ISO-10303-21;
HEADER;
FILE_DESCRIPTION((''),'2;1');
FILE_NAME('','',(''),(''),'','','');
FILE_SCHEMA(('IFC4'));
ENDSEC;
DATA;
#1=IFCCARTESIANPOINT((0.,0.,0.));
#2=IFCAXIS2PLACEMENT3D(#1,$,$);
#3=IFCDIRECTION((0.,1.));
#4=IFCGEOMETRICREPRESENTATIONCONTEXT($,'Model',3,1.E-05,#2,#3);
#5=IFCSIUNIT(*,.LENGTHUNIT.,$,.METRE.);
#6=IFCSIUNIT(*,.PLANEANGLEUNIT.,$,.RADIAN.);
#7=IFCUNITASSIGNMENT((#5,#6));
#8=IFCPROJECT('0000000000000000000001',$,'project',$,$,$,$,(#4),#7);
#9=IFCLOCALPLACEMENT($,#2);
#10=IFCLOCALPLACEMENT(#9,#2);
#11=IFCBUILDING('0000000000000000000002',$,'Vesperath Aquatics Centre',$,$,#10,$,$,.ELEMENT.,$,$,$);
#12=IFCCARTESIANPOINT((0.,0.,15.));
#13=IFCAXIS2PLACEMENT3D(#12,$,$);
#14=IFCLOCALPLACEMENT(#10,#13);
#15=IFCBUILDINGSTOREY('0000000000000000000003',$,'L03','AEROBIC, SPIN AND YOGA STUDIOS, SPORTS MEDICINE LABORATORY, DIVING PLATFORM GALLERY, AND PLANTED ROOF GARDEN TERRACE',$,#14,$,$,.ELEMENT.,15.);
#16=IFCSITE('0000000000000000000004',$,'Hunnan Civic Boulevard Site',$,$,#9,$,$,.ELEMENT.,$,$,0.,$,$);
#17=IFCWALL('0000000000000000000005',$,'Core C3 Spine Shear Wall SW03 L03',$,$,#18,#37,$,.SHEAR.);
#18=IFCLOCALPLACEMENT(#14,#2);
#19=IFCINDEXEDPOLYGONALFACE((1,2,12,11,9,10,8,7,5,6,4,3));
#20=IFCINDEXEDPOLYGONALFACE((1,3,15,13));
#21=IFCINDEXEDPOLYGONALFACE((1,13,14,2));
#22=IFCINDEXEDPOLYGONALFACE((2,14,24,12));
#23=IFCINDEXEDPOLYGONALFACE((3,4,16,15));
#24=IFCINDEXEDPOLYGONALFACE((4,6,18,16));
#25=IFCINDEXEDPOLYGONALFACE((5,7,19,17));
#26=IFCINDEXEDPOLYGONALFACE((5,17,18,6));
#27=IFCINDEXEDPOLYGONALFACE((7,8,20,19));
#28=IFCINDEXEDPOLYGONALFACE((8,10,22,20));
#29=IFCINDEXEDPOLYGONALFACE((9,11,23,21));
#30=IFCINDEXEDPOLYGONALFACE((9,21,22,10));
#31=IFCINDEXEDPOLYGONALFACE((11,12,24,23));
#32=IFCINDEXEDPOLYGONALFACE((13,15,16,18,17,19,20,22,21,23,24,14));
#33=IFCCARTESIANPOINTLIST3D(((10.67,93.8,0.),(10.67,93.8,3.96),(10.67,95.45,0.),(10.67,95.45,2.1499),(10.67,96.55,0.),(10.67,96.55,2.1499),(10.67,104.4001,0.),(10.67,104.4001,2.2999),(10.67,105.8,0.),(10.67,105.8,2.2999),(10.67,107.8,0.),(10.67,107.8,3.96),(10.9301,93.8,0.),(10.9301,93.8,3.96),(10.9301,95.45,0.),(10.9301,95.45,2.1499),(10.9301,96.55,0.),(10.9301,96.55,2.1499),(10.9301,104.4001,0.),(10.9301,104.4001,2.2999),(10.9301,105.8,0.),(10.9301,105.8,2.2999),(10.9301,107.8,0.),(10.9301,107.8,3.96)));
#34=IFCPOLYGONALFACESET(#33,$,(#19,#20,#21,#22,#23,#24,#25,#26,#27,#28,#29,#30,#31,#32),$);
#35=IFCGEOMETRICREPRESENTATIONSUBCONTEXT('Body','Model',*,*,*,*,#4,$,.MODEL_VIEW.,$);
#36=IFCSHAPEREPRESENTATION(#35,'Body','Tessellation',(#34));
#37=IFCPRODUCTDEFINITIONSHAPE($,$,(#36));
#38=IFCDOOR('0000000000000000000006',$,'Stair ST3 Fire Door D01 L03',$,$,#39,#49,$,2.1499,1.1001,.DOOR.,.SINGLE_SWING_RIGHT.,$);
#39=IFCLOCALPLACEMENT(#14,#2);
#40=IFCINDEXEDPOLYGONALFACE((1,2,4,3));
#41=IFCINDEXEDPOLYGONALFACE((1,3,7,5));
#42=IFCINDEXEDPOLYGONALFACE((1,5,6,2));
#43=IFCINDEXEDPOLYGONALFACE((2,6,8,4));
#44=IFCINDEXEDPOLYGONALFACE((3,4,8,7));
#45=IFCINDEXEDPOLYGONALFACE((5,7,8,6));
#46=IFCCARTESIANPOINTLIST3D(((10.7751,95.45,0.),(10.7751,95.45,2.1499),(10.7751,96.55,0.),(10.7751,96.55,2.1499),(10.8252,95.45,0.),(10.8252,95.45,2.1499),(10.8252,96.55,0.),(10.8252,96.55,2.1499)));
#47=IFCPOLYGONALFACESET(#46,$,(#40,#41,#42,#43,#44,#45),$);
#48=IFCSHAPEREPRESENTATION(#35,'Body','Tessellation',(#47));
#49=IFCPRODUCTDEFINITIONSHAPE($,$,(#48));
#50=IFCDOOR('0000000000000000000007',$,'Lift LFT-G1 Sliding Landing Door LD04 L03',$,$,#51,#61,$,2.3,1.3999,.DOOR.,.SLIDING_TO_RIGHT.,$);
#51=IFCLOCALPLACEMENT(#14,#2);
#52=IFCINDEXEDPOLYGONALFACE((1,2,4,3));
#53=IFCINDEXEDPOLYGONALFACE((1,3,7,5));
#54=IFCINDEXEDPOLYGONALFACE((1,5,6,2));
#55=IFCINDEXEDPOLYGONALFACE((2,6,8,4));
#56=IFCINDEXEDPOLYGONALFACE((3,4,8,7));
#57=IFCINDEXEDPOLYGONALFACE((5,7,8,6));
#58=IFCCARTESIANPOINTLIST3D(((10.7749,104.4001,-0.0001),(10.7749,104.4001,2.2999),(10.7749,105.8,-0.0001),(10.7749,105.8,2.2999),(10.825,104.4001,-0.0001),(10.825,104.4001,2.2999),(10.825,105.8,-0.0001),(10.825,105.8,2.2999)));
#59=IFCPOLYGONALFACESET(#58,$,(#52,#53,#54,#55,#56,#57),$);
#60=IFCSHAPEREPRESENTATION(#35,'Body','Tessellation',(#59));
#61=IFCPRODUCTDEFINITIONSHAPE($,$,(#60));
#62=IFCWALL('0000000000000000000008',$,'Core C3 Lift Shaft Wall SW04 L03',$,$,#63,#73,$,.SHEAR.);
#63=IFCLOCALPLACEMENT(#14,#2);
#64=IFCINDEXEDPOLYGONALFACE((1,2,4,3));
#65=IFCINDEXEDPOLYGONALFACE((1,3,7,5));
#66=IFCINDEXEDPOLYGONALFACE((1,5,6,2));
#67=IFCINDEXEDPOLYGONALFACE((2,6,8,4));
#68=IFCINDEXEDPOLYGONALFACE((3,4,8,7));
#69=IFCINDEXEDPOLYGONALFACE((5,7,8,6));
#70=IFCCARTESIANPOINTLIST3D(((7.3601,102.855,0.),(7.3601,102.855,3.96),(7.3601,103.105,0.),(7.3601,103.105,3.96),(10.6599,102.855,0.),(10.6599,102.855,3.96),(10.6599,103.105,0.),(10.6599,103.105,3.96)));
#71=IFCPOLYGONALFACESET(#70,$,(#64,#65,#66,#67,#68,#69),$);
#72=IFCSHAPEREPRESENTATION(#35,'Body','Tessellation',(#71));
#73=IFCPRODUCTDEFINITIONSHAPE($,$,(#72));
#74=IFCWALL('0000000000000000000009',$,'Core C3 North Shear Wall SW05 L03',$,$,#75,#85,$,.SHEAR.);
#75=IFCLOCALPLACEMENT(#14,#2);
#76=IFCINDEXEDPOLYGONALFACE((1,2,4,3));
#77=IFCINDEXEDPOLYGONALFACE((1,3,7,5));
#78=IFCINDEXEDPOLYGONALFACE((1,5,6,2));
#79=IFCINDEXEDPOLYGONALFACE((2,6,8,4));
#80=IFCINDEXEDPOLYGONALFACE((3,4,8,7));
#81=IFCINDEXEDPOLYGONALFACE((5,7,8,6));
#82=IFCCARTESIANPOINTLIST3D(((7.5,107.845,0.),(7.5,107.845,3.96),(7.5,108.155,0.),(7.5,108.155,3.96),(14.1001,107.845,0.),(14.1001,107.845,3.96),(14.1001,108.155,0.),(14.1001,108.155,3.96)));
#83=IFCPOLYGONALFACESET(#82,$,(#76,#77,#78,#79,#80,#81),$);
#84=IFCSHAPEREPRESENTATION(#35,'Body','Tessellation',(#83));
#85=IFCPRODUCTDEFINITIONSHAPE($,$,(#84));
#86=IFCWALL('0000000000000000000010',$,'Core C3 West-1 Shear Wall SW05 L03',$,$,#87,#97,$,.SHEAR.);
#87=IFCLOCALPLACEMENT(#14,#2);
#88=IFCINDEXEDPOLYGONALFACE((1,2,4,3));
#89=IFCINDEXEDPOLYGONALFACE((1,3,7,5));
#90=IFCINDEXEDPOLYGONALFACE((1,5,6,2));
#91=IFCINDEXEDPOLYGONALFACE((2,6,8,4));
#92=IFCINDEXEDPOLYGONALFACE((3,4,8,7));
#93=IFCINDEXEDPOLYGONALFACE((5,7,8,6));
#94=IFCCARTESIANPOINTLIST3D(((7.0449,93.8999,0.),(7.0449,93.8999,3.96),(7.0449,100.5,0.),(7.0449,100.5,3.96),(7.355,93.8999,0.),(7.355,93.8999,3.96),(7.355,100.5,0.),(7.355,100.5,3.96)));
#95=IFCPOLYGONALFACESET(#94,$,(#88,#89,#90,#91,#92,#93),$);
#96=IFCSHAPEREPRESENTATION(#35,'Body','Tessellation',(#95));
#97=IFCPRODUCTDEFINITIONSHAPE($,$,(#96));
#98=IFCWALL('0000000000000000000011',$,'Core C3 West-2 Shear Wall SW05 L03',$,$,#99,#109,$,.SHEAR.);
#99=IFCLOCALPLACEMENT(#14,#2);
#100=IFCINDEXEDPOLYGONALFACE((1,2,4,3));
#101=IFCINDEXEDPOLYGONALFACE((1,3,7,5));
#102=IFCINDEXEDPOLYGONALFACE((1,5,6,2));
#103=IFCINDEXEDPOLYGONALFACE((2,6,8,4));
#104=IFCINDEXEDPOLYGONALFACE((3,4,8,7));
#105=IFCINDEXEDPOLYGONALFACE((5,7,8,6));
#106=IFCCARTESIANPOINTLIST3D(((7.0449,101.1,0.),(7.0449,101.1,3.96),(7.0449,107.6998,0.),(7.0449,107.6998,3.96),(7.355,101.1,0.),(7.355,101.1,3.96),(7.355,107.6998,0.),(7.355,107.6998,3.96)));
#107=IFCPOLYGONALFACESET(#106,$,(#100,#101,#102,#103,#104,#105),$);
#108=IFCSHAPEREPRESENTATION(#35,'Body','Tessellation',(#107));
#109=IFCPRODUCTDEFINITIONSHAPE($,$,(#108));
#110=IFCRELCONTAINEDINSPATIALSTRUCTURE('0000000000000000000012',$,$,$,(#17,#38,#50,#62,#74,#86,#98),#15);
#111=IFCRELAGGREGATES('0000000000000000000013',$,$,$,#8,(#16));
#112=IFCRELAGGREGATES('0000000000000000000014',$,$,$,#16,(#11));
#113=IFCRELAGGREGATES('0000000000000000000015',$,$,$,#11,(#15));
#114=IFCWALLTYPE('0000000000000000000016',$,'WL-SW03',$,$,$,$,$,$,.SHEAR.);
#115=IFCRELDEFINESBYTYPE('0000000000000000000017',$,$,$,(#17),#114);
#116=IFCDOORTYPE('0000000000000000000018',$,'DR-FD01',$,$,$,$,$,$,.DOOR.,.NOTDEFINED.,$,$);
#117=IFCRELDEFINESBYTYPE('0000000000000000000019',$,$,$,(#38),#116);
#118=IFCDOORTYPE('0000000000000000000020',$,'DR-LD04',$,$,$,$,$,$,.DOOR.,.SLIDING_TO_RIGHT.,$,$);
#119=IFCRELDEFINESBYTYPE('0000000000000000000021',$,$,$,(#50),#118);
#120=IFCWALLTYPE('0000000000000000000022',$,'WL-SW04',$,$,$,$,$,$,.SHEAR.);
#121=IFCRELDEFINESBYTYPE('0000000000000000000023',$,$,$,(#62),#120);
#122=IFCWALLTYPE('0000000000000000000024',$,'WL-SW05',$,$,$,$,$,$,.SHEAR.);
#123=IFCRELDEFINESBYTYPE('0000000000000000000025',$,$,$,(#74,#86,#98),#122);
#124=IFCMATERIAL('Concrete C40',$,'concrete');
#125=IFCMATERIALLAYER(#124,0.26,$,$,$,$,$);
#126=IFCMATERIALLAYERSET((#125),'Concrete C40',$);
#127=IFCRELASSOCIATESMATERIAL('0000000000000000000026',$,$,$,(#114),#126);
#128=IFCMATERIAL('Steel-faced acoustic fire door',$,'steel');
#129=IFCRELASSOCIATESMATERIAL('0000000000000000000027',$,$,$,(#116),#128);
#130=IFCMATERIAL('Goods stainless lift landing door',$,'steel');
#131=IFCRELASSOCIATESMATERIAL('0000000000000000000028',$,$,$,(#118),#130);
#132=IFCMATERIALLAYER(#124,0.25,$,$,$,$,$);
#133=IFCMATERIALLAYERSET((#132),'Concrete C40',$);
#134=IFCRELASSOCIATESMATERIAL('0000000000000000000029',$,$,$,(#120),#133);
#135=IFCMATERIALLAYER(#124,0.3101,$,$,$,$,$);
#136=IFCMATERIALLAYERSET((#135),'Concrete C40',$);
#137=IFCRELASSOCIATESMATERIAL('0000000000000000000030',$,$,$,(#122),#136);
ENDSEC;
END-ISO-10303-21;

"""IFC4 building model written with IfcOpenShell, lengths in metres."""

from ifc_helpers import new_model, si_unit, direction, frame, frame_2d, origin, place, context, subcontext, project, spatial, rectangle, extrude, material, layer, layer_set, type_object, element, fill, save


model = new_model("IFC4")

# Units and contexts
model_context = context("Model", 3, precision=1e-05, world=origin(), true_north=direction((0.0, 1.0)))
body_context = subcontext(model_context, "Body", "Model", "MODEL_VIEW")
ifc_project = project(units=[si_unit("LENGTHUNIT", "METRE"), si_unit("PLANEANGLEUNIT", "RADIAN")], contexts=[model_context])

# Site, building, storey
site_placement = place(None, origin())
site = spatial("IfcSite", under=ifc_project, at=site_placement, Name="Hunnan Civic Boulevard Site", CompositionType="ELEMENT", RefElevation=0.0)
building_placement = place(site_placement, origin())
building = spatial("IfcBuilding", under=site, at=building_placement, Name="Vesperath Aquatics Centre", CompositionType="ELEMENT")
storey_placement = place(building_placement, frame((0.0, 0.0, 15.0)))
storey = spatial("IfcBuildingStorey", under=building, at=storey_placement, Name="L03", Description="AEROBIC, SPIN AND YOGA STUDIOS, SPORTS MEDICINE LABORATORY, DIVING PLATFORM GALLERY, AND PLANTED ROOF GARDEN TERRACE", CompositionType="ELEMENT", Elevation=15.0)

# Shared definitions
ifc_material_1 = material(Name="Concrete C40", Category="concrete")

# Wall, openings, doors
ifc_layer_1 = layer(ifc_material_1, 0.26)
ifc_layer_set_1 = layer_set([ifc_layer_1], Name="Concrete C40")
wall_type_1 = type_object("IfcWallType", Name="WL-SW03", PredefinedType="SHEAR", material=ifc_layer_set_1)
wall_1_placement = place(storey_placement, frame((10.8, 93.8, 0.0), z_axis=(0.0, 0.0, 1.0), x_axis=(0.0, 1.0, 0.0)))
wall_1 = element("IfcWall", 1, at=wall_1_placement, inside=storey, type_object=wall_type_1, Name="Core C3 Spine Shear Wall SW03 L03", PredefinedType="SHEAR", context=body_context, shape_type="SweptSolid", body=[
    extrude(rectangle(XDim=14.0, YDim=0.26, at=frame_2d((7.0, 0.0))), origin(), (0.0, 0.0, 1.0), 3.96),
])
opening_1_placement = place(wall_1_placement, frame((1.6499, 0.0, 0.0)))
opening_1 = element("IfcOpeningElement", 2, at=opening_1_placement, cuts=wall_1, PredefinedType="OPENING", context=body_context, shape_type="SweptSolid", body=[
    extrude(rectangle(XDim=1.1001, YDim=2.1499, at=frame_2d((0.55, 1.075))), frame((0.0, 0.145, 0.0), z_axis=(0.0, -1.0, 0.0), x_axis=(1.0, 0.0, 0.0)), (0.0, 0.0, 1.0), 0.2898),
])
opening_2_placement = place(wall_1_placement, frame((10.6001, 0.0, 0.0)))
opening_2 = element("IfcOpeningElement", 3, at=opening_2_placement, cuts=wall_1, PredefinedType="OPENING", context=body_context, shape_type="SweptSolid", body=[
    extrude(rectangle(XDim=1.3999, YDim=2.3, at=frame_2d((0.7, 1.1499))), frame((0.0, 0.145, 0.0), z_axis=(0.0, -1.0, 0.0), x_axis=(1.0, 0.0, 0.0)), (0.0, 0.0, 1.0), 0.2898),
])
ifc_material_2 = material(Name="Steel-faced acoustic fire door", Category="steel")
door_type_1 = type_object("IfcDoorType", Name="DR-FD01", OperationType="NOTDEFINED", PredefinedType="DOOR", material=ifc_material_2)
door_1_placement = place(opening_1_placement, origin())
door_1 = element("IfcDoor", 4, at=door_1_placement, inside=storey, type_object=door_type_1, Name="Stair ST3 Fire Door D01 L03", OperationType="SINGLE_SWING_RIGHT", OverallHeight=2.1499, OverallWidth=1.1001, PredefinedType="DOOR", context=body_context, shape_type="SweptSolid", body=[
    extrude(rectangle(XDim=1.1001, YDim=2.1499, at=frame_2d((0.55, 1.075))), frame((0.0, 0.0249, 0.0), z_axis=(0.0, -1.0, 0.0), x_axis=(1.0, 0.0, 0.0)), (0.0, 0.0, 1.0), 0.05),
])
fill(opening_1, door_1)
ifc_material_3 = material(Name="Goods stainless lift landing door", Category="steel")
door_type_2 = type_object("IfcDoorType", Name="DR-LD04", OperationType="SLIDING_TO_RIGHT", PredefinedType="DOOR", material=ifc_material_3)
door_2_placement = place(opening_2_placement, frame((1.3999, 0.0, 0.0), z_axis=(0.0, 0.0, 1.0), x_axis=(-1.0, 0.0, 0.0)))
door_2 = element("IfcDoor", 5, at=door_2_placement, inside=storey, type_object=door_type_2, Name="Lift LFT-G1 Sliding Landing Door LD04 L03", OperationType="SLIDING_TO_RIGHT", OverallHeight=2.3, OverallWidth=1.3999, PredefinedType="DOOR", context=body_context, shape_type="SweptSolid", body=[
    extrude(rectangle(XDim=1.3999, YDim=2.3, at=frame_2d((0.7, 1.1499))), frame((0.0, 0.0249, 0.0), z_axis=(0.0, -1.0, 0.0), x_axis=(1.0, 0.0, 0.0)), (0.0, 0.0, 1.0), 0.05),
])
fill(opening_2, door_2)

# Walls
ifc_layer_2 = layer(ifc_material_1, 0.25)
ifc_layer_set_2 = layer_set([ifc_layer_2], Name="Concrete C40")
wall_type_2 = type_object("IfcWallType", Name="WL-SW04", PredefinedType="SHEAR", material=ifc_layer_set_2)
wall_2_placement = place(storey_placement, frame((7.3601, 102.98, 0.0), z_axis=(0.0, 0.0, 1.0), x_axis=(1.0, 0.0, 0.0)))
element("IfcWall", 6, at=wall_2_placement, inside=storey, type_object=wall_type_2, Name="Core C3 Lift Shaft Wall SW04 L03", PredefinedType="SHEAR", context=body_context, shape_type="SweptSolid", body=[
    extrude(rectangle(XDim=3.2998, YDim=0.25, at=frame_2d((1.6499, 0.0))), origin(), (0.0, 0.0, 1.0), 3.96),
])
ifc_layer_3 = layer(ifc_material_1, 0.3101)
ifc_layer_set_3 = layer_set([ifc_layer_3], Name="Concrete C40")
wall_type_3 = type_object("IfcWallType", Name="WL-SW05", PredefinedType="SHEAR", material=ifc_layer_set_3)
for number, where, z_axis, x_axis, name in (
    (7, (7.5, 108.0, 0.0), (0.0, 0.0, 1.0), (1.0, 0.0, 0.0), "Core C3 North Shear Wall SW05 L03"),
    (8, (7.2, 93.8999, 0.0), (0.0, 0.0, 1.0), (0.0, 1.0, 0.0), "Core C3 West-1 Shear Wall SW05 L03"),
):
    element("IfcWall", number, at=place(storey_placement, frame(where, z_axis=z_axis, x_axis=x_axis)), inside=storey, type_object=wall_type_3, Name=name, PredefinedType="SHEAR", context=body_context, shape_type="SweptSolid", body=[
        extrude(rectangle(XDim=6.6001, YDim=0.3101, at=frame_2d((3.3, 0.0))), origin(), (0.0, 0.0, 1.0), 3.96),
    ])
wall_3_placement = place(storey_placement, frame((7.2, 101.1001, 0.0), z_axis=(0.0, 0.0, 1.0), x_axis=(0.0, 1.0, 0.0)))
element("IfcWall", 9, at=wall_3_placement, inside=storey, type_object=wall_type_3, Name="Core C3 West-2 Shear Wall SW05 L03", PredefinedType="SHEAR", context=body_context, shape_type="SweptSolid", body=[
    extrude(rectangle(XDim=6.5999, YDim=0.3101, at=frame_2d((3.2998, 0.0))), origin(), (0.0, 0.0, 1.0), 3.96),
])

save(model, "model.ifc")
